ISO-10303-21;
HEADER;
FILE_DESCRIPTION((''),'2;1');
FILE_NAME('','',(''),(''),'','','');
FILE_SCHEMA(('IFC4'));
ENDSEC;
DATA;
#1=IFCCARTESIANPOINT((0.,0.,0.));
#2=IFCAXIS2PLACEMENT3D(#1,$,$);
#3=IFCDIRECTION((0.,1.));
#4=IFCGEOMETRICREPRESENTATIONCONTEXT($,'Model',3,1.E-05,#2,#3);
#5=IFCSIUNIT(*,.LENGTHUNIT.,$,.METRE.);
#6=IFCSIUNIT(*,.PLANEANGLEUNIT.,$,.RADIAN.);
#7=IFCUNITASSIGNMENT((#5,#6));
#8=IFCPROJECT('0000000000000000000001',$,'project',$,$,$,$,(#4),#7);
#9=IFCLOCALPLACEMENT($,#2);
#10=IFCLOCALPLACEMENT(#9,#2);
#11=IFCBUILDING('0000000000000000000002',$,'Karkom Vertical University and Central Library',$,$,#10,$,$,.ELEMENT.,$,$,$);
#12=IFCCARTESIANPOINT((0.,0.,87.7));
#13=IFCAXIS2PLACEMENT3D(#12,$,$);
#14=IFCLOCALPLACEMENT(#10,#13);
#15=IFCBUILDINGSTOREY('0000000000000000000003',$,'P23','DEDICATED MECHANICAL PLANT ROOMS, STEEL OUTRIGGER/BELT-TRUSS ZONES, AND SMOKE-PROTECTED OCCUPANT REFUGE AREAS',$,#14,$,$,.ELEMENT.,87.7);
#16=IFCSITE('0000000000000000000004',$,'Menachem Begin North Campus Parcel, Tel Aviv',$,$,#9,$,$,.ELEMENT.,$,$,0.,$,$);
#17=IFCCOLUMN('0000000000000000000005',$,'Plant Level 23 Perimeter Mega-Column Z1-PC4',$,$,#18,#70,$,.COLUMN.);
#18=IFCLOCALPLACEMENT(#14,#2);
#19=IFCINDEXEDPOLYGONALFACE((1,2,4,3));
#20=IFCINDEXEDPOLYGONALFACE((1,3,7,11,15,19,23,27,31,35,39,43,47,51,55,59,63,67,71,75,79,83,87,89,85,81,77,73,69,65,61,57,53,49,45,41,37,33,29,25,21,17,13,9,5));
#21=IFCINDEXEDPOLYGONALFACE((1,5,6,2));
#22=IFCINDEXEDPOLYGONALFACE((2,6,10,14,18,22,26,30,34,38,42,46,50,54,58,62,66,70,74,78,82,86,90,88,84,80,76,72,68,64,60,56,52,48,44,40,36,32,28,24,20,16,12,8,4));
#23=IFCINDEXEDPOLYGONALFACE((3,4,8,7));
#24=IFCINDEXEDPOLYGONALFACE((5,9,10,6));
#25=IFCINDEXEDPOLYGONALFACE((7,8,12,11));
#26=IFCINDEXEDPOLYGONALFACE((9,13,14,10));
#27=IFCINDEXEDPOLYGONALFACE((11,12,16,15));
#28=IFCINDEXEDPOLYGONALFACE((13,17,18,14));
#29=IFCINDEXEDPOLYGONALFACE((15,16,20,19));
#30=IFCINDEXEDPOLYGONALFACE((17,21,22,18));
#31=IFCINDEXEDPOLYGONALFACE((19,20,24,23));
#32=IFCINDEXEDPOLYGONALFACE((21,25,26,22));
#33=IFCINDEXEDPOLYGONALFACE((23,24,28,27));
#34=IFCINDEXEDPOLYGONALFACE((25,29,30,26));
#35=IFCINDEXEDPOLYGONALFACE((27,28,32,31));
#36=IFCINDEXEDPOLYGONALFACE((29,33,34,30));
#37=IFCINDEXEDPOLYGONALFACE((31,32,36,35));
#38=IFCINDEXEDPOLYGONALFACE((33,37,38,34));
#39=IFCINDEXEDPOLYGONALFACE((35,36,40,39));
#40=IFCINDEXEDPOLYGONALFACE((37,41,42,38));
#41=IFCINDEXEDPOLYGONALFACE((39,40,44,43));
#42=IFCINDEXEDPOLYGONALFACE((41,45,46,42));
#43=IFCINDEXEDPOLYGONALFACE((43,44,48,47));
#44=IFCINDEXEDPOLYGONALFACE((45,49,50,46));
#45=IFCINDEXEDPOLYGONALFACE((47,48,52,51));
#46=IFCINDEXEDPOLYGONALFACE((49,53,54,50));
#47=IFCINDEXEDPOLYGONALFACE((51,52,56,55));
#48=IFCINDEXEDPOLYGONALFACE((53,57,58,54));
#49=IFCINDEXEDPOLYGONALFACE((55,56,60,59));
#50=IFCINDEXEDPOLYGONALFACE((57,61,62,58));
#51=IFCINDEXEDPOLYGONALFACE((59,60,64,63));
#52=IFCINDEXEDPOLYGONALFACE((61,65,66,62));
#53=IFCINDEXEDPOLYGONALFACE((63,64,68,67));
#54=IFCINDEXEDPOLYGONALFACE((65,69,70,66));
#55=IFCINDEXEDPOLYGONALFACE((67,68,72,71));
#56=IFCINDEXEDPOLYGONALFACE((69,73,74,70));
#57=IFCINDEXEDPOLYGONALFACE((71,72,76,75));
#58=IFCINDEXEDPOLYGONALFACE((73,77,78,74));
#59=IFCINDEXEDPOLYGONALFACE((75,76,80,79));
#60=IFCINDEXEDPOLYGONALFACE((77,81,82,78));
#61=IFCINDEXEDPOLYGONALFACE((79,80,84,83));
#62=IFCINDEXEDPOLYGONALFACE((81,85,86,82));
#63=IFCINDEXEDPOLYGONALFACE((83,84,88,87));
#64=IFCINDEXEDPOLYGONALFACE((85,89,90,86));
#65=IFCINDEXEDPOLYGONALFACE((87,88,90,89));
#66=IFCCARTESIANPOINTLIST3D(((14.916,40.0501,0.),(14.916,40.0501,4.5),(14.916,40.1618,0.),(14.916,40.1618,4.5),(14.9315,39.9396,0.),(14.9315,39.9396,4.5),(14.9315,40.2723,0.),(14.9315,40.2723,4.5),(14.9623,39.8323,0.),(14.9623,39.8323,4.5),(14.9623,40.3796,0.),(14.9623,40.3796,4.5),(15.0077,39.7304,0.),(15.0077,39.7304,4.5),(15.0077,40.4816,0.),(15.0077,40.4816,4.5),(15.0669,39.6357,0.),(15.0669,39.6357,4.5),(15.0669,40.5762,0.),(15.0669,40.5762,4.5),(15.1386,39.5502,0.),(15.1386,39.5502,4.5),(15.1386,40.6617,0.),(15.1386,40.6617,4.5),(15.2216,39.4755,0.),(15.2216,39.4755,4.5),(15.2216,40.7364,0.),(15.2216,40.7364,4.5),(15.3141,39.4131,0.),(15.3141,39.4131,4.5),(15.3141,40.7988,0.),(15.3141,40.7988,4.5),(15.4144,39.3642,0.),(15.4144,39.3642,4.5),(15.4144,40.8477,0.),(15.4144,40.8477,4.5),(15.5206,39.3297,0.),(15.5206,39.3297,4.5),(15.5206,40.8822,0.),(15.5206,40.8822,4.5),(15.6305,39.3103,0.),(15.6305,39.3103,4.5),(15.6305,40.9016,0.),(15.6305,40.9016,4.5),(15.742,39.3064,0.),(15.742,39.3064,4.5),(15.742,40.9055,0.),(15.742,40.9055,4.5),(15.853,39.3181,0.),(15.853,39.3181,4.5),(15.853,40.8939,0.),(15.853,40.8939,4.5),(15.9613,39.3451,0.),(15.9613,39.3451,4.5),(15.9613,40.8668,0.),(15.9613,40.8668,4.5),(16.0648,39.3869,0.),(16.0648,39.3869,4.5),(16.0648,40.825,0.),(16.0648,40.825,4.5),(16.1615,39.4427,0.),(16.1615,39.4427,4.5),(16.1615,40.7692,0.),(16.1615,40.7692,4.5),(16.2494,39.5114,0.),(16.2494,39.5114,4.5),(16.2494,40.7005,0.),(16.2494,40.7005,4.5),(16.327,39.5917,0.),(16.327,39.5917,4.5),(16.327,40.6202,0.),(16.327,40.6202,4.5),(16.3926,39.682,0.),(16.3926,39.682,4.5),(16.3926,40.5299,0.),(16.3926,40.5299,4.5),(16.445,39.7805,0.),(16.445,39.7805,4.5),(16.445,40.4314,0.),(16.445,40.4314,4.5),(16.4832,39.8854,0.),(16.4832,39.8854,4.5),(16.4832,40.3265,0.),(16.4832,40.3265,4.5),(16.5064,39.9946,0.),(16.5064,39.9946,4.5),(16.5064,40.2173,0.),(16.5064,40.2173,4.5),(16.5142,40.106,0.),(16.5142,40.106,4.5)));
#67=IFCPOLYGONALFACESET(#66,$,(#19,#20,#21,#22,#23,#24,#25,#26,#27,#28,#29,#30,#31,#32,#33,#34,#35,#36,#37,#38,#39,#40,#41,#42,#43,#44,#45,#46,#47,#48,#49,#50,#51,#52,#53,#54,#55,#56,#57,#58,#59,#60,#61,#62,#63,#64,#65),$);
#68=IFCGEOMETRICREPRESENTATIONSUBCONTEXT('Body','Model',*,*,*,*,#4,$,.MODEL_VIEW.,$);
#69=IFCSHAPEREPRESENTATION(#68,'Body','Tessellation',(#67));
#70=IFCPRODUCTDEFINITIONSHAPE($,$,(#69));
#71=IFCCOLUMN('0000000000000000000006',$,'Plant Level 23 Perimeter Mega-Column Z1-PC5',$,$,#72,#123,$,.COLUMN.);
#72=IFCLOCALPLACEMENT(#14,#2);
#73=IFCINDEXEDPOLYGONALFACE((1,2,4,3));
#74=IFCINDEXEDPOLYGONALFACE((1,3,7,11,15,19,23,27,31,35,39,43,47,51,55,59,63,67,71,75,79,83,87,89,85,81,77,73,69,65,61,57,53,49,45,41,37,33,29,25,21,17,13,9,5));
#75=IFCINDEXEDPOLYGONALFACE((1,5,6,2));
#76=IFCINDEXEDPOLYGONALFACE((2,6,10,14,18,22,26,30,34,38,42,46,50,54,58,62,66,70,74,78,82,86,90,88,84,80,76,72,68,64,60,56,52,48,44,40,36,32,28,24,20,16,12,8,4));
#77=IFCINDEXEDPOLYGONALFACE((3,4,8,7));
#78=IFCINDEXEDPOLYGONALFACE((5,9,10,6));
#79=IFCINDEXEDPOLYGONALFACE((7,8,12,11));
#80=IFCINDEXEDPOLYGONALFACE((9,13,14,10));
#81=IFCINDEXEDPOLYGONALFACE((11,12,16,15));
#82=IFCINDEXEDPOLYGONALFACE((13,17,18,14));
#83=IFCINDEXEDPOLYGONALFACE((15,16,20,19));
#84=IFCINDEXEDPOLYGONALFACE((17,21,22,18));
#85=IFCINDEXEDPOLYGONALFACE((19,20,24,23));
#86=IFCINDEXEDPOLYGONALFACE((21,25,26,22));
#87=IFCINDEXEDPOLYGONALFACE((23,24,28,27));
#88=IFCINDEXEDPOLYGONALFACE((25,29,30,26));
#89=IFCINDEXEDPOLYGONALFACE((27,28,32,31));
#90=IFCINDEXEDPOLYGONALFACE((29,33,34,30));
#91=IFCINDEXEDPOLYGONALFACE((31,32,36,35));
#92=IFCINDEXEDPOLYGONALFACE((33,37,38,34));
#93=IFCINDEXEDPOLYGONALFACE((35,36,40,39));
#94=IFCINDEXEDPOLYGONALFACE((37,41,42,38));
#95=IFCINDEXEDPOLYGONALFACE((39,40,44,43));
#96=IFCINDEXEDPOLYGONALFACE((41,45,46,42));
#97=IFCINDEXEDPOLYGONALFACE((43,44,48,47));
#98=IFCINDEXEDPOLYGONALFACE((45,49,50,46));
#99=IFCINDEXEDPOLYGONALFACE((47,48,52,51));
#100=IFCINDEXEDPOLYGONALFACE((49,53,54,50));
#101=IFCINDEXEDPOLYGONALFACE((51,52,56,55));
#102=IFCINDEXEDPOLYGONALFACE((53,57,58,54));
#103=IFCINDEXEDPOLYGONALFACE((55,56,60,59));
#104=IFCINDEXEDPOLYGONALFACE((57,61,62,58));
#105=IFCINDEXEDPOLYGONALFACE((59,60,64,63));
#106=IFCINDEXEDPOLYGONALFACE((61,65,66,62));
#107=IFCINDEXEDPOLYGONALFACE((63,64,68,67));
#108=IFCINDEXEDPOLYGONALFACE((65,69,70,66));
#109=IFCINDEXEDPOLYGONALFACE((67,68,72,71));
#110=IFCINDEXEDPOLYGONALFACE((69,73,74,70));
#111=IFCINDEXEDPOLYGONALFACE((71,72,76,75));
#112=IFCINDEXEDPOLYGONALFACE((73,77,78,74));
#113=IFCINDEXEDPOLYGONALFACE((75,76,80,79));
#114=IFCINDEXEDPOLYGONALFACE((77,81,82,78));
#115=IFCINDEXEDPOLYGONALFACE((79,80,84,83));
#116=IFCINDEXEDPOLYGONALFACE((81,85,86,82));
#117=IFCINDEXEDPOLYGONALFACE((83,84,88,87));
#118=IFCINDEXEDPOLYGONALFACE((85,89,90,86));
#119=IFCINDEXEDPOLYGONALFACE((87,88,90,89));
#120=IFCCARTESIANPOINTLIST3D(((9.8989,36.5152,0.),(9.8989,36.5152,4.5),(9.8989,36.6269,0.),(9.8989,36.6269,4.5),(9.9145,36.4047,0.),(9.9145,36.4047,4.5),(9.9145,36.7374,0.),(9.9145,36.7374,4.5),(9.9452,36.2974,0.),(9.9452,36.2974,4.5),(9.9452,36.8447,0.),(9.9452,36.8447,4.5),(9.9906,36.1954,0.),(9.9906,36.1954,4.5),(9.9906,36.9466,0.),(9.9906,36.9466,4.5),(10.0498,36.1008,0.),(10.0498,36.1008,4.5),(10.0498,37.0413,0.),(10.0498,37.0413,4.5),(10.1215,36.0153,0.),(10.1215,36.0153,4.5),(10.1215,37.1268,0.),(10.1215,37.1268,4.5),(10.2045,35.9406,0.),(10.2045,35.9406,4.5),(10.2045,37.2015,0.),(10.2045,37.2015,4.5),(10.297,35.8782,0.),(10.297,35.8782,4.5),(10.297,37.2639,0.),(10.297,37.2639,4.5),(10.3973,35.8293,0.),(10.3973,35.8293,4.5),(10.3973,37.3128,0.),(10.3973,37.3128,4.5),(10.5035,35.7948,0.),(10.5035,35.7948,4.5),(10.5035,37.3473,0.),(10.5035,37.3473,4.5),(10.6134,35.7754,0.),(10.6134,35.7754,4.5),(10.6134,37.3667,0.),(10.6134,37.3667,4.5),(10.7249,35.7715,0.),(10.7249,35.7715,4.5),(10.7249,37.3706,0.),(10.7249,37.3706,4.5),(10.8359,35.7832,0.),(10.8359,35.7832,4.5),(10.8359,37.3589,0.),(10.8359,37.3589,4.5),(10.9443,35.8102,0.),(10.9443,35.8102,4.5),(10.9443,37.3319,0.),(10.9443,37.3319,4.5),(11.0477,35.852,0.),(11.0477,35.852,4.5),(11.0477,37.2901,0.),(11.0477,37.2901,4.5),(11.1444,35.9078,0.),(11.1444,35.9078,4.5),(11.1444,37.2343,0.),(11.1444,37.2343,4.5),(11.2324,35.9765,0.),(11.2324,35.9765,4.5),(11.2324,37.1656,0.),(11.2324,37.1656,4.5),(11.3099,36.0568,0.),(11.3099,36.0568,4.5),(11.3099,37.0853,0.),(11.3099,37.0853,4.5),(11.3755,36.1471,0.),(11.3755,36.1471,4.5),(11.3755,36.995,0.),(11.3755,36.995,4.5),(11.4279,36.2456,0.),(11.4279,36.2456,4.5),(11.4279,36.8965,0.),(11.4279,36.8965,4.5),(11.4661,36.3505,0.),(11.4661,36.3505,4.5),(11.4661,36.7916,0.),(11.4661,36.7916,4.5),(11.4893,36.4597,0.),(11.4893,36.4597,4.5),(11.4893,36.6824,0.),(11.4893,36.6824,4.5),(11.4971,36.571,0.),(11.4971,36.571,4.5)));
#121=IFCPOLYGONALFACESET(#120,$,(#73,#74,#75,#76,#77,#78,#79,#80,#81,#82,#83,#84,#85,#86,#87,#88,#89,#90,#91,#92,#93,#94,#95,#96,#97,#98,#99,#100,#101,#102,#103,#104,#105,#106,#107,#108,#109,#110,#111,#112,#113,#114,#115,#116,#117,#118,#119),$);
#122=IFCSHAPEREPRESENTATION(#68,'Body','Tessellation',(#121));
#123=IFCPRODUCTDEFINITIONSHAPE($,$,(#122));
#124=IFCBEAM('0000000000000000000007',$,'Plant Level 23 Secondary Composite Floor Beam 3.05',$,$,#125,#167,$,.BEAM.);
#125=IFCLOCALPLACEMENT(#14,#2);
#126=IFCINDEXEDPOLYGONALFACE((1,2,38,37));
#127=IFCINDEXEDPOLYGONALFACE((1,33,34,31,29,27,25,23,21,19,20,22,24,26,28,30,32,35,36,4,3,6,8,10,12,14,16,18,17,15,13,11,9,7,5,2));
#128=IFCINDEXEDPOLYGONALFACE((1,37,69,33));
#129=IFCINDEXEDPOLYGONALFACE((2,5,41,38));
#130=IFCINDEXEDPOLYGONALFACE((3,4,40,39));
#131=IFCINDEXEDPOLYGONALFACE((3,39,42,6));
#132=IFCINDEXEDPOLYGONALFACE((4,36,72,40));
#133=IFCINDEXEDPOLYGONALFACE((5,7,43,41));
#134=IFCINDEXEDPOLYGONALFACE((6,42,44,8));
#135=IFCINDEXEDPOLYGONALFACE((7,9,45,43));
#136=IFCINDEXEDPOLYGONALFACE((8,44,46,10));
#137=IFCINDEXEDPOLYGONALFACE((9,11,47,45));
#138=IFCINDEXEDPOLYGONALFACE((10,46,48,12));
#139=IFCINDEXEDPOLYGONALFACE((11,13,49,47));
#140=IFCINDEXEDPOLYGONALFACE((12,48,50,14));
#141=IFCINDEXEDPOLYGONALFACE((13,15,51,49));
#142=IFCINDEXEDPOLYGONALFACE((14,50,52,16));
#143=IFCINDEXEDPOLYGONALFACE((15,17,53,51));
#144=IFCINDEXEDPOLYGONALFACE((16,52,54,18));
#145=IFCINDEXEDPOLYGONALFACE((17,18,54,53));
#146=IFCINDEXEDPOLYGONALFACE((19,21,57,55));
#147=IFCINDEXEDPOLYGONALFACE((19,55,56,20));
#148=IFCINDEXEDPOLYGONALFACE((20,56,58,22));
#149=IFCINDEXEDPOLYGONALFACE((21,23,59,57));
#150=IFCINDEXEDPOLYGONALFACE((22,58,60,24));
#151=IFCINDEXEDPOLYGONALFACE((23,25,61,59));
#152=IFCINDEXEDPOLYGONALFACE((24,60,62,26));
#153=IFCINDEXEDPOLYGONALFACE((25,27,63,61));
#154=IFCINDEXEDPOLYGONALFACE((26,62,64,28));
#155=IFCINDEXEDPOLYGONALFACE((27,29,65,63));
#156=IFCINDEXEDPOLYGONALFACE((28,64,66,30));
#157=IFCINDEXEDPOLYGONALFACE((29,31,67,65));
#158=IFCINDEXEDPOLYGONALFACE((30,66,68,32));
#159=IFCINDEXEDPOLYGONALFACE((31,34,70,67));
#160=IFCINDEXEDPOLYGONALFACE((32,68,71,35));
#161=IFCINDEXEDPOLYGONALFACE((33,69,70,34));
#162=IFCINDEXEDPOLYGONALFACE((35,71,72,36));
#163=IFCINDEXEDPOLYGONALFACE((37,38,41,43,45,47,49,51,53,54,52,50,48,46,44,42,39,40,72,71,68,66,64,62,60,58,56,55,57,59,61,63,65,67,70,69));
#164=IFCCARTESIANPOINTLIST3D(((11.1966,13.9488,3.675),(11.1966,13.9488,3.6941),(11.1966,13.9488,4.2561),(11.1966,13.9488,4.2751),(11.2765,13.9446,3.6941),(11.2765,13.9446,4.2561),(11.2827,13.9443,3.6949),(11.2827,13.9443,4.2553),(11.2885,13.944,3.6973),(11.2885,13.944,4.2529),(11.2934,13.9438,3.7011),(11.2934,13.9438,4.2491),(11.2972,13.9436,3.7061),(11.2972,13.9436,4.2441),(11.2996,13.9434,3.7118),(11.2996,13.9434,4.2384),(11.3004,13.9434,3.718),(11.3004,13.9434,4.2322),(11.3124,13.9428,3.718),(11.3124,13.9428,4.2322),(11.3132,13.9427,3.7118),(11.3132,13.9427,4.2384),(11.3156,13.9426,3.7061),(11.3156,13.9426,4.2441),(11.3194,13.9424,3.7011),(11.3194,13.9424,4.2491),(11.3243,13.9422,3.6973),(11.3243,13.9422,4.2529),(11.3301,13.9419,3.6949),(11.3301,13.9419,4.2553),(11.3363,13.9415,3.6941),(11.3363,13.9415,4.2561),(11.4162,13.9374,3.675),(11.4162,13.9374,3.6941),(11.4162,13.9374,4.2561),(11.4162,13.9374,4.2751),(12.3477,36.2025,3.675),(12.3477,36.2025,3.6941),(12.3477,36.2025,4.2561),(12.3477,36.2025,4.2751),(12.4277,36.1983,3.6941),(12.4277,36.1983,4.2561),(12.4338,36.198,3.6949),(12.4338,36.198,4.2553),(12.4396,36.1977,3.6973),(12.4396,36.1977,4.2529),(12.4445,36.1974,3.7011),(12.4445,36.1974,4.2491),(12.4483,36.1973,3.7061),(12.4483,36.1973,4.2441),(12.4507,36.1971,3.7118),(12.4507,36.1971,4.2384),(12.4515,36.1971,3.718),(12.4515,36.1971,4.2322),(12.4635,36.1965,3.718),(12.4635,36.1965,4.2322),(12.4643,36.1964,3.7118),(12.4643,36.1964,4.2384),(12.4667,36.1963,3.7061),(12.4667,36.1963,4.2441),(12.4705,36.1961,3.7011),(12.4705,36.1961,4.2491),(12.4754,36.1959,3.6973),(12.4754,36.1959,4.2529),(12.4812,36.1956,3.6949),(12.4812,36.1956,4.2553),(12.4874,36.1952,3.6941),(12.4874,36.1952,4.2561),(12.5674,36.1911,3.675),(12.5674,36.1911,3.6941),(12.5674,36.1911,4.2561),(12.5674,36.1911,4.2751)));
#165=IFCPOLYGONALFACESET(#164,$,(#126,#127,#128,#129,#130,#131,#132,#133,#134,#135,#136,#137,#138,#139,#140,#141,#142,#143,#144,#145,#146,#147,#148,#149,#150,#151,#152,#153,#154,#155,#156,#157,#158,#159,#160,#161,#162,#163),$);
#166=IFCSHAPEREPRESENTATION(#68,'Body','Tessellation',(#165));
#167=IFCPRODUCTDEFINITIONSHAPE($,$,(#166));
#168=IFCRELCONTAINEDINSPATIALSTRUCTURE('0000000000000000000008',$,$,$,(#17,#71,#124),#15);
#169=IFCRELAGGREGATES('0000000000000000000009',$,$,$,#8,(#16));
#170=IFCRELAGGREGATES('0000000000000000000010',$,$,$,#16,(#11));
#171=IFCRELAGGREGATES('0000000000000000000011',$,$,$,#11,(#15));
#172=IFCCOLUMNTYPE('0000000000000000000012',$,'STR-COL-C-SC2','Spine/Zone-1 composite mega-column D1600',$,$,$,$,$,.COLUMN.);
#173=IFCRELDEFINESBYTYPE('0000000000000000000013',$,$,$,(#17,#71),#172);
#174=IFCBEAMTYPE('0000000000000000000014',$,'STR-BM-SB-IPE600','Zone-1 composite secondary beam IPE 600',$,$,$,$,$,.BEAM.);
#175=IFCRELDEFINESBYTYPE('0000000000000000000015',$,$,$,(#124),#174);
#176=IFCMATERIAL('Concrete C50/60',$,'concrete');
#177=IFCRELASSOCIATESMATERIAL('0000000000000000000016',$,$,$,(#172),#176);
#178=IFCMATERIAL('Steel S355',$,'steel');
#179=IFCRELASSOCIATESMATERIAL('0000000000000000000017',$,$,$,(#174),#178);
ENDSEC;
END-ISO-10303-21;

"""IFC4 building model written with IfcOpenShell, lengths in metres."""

from ifc_helpers import new_model, si_unit, direction, frame, origin, origin_with_axes, origin_2d, place, context, subcontext, project, spatial, circle, i_section, extrude, source, transform, mapped, material, material_profile, profile_set, type_object, element, save


model = new_model("IFC4")

# Units and contexts
model_context = context("Model", 3, precision=1e-05, world=origin(), true_north=direction((0.0, 1.0)))
body_context = subcontext(model_context, "Body", "Model", "MODEL_VIEW")
ifc_project = project(units=[si_unit("LENGTHUNIT", "METRE"), si_unit("PLANEANGLEUNIT", "RADIAN")], contexts=[model_context])

# Site, building, storey
site_placement = place(None, origin())
site = spatial("IfcSite", under=ifc_project, at=site_placement, Name="Menachem Begin North Campus Parcel, Tel Aviv", CompositionType="ELEMENT", RefElevation=0.0)
building_placement = place(site_placement, origin())
building = spatial("IfcBuilding", under=site, at=building_placement, Name="Karkom Vertical University and Central Library", CompositionType="ELEMENT")
storey_placement = place(building_placement, frame((0.0, 0.0, 87.7)))
storey = spatial("IfcBuildingStorey", under=building, at=storey_placement, Name="P23", Description="DEDICATED MECHANICAL PLANT ROOMS, STEEL OUTRIGGER/BELT-TRUSS ZONES, AND SMOKE-PROTECTED OCCUPANT REFUGE AREAS", CompositionType="ELEMENT", Elevation=87.7)

# Columns
ifc_material_1 = material(Name="Concrete C50/60", Category="concrete")
ifc_material_profile_1 = material_profile(ifc_material_1, circle(Radius=0.8, at=origin_2d()), Name="CFT-D1600")
ifc_profile_set_1 = profile_set([ifc_material_profile_1], Name="Concrete C50/60")
column_type = type_object("IfcColumnType", Name="STR-COL-C-SC2", Description="Spine/Zone-1 composite mega-column D1600", PredefinedType="COLUMN", material=ifc_profile_set_1)
shared_shape_1 = source(origin_with_axes(), body_context, "Body", "SweptSolid", [
    extrude(circle(Radius=0.8, at=origin_2d()), origin(), (0.0, 0.0, 1.0), 4.5),
])
for number, where, z_axis, x_axis, name in (
    (1, (15.7141, 40.106, 0.0), (0.0, 0.0, 1.0), (1.0, 0.0, 0.0), "Plant Level 23 Perimeter Mega-Column Z1-PC4"),
    (2, (10.697, 36.571, 0.0), (0.0, 0.0, 1.0), (1.0, 0.0, 0.0), "Plant Level 23 Perimeter Mega-Column Z1-PC5"),
):
    element("IfcColumn", number, at=place(storey_placement, frame(where, z_axis=z_axis, x_axis=x_axis)), inside=storey, type_object=column_type, Name=name, PredefinedType="COLUMN", context=body_context, shape_type="MappedRepresentation", body=[
        mapped(shared_shape_1, transform((0.0, 0.0, 0.0), scale=1.0)),
    ])

# Beam
ifc_material_2 = material(Name="Steel S355", Category="steel")
ifc_material_profile_2 = material_profile(ifc_material_2, i_section(OverallWidth=0.22, OverallDepth=0.6001, WebThickness=0.012, FlangeThickness=0.019, FilletRadius=0.0239, at=origin_2d()), Name="IPE 600")
ifc_profile_set_2 = profile_set([ifc_material_profile_2], Name="Steel S355")
beam_type_1 = type_object("IfcBeamType", Name="STR-BM-SB-IPE600", Description="Zone-1 composite secondary beam IPE 600", PredefinedType="BEAM", material=ifc_profile_set_2)
shared_shape_2 = source(origin_with_axes(), body_context, "Body", "SweptSolid", [
    extrude(i_section(OverallWidth=0.22, OverallDepth=0.6001, WebThickness=0.012, FlangeThickness=0.019, FilletRadius=0.0239, at=origin_2d()), origin(), (0.0, 0.0, 1.0), 22.2834),
])
beam_1_placement = place(storey_placement, frame((12.4575, 36.1968, 3.9751), z_axis=(-0.051658, -0.998665, 0.0), x_axis=(0.998665, -0.051658, 0.0)))
element("IfcBeam", 3, at=beam_1_placement, inside=storey, type_object=beam_type_1, Name="Plant Level 23 Secondary Composite Floor Beam 3.05", PredefinedType="BEAM", context=body_context, shape_type="MappedRepresentation", body=[
    mapped(shared_shape_2, transform((0.0, 0.0, 0.0), scale=1.0)),
])

save(model, "model.ifc")
